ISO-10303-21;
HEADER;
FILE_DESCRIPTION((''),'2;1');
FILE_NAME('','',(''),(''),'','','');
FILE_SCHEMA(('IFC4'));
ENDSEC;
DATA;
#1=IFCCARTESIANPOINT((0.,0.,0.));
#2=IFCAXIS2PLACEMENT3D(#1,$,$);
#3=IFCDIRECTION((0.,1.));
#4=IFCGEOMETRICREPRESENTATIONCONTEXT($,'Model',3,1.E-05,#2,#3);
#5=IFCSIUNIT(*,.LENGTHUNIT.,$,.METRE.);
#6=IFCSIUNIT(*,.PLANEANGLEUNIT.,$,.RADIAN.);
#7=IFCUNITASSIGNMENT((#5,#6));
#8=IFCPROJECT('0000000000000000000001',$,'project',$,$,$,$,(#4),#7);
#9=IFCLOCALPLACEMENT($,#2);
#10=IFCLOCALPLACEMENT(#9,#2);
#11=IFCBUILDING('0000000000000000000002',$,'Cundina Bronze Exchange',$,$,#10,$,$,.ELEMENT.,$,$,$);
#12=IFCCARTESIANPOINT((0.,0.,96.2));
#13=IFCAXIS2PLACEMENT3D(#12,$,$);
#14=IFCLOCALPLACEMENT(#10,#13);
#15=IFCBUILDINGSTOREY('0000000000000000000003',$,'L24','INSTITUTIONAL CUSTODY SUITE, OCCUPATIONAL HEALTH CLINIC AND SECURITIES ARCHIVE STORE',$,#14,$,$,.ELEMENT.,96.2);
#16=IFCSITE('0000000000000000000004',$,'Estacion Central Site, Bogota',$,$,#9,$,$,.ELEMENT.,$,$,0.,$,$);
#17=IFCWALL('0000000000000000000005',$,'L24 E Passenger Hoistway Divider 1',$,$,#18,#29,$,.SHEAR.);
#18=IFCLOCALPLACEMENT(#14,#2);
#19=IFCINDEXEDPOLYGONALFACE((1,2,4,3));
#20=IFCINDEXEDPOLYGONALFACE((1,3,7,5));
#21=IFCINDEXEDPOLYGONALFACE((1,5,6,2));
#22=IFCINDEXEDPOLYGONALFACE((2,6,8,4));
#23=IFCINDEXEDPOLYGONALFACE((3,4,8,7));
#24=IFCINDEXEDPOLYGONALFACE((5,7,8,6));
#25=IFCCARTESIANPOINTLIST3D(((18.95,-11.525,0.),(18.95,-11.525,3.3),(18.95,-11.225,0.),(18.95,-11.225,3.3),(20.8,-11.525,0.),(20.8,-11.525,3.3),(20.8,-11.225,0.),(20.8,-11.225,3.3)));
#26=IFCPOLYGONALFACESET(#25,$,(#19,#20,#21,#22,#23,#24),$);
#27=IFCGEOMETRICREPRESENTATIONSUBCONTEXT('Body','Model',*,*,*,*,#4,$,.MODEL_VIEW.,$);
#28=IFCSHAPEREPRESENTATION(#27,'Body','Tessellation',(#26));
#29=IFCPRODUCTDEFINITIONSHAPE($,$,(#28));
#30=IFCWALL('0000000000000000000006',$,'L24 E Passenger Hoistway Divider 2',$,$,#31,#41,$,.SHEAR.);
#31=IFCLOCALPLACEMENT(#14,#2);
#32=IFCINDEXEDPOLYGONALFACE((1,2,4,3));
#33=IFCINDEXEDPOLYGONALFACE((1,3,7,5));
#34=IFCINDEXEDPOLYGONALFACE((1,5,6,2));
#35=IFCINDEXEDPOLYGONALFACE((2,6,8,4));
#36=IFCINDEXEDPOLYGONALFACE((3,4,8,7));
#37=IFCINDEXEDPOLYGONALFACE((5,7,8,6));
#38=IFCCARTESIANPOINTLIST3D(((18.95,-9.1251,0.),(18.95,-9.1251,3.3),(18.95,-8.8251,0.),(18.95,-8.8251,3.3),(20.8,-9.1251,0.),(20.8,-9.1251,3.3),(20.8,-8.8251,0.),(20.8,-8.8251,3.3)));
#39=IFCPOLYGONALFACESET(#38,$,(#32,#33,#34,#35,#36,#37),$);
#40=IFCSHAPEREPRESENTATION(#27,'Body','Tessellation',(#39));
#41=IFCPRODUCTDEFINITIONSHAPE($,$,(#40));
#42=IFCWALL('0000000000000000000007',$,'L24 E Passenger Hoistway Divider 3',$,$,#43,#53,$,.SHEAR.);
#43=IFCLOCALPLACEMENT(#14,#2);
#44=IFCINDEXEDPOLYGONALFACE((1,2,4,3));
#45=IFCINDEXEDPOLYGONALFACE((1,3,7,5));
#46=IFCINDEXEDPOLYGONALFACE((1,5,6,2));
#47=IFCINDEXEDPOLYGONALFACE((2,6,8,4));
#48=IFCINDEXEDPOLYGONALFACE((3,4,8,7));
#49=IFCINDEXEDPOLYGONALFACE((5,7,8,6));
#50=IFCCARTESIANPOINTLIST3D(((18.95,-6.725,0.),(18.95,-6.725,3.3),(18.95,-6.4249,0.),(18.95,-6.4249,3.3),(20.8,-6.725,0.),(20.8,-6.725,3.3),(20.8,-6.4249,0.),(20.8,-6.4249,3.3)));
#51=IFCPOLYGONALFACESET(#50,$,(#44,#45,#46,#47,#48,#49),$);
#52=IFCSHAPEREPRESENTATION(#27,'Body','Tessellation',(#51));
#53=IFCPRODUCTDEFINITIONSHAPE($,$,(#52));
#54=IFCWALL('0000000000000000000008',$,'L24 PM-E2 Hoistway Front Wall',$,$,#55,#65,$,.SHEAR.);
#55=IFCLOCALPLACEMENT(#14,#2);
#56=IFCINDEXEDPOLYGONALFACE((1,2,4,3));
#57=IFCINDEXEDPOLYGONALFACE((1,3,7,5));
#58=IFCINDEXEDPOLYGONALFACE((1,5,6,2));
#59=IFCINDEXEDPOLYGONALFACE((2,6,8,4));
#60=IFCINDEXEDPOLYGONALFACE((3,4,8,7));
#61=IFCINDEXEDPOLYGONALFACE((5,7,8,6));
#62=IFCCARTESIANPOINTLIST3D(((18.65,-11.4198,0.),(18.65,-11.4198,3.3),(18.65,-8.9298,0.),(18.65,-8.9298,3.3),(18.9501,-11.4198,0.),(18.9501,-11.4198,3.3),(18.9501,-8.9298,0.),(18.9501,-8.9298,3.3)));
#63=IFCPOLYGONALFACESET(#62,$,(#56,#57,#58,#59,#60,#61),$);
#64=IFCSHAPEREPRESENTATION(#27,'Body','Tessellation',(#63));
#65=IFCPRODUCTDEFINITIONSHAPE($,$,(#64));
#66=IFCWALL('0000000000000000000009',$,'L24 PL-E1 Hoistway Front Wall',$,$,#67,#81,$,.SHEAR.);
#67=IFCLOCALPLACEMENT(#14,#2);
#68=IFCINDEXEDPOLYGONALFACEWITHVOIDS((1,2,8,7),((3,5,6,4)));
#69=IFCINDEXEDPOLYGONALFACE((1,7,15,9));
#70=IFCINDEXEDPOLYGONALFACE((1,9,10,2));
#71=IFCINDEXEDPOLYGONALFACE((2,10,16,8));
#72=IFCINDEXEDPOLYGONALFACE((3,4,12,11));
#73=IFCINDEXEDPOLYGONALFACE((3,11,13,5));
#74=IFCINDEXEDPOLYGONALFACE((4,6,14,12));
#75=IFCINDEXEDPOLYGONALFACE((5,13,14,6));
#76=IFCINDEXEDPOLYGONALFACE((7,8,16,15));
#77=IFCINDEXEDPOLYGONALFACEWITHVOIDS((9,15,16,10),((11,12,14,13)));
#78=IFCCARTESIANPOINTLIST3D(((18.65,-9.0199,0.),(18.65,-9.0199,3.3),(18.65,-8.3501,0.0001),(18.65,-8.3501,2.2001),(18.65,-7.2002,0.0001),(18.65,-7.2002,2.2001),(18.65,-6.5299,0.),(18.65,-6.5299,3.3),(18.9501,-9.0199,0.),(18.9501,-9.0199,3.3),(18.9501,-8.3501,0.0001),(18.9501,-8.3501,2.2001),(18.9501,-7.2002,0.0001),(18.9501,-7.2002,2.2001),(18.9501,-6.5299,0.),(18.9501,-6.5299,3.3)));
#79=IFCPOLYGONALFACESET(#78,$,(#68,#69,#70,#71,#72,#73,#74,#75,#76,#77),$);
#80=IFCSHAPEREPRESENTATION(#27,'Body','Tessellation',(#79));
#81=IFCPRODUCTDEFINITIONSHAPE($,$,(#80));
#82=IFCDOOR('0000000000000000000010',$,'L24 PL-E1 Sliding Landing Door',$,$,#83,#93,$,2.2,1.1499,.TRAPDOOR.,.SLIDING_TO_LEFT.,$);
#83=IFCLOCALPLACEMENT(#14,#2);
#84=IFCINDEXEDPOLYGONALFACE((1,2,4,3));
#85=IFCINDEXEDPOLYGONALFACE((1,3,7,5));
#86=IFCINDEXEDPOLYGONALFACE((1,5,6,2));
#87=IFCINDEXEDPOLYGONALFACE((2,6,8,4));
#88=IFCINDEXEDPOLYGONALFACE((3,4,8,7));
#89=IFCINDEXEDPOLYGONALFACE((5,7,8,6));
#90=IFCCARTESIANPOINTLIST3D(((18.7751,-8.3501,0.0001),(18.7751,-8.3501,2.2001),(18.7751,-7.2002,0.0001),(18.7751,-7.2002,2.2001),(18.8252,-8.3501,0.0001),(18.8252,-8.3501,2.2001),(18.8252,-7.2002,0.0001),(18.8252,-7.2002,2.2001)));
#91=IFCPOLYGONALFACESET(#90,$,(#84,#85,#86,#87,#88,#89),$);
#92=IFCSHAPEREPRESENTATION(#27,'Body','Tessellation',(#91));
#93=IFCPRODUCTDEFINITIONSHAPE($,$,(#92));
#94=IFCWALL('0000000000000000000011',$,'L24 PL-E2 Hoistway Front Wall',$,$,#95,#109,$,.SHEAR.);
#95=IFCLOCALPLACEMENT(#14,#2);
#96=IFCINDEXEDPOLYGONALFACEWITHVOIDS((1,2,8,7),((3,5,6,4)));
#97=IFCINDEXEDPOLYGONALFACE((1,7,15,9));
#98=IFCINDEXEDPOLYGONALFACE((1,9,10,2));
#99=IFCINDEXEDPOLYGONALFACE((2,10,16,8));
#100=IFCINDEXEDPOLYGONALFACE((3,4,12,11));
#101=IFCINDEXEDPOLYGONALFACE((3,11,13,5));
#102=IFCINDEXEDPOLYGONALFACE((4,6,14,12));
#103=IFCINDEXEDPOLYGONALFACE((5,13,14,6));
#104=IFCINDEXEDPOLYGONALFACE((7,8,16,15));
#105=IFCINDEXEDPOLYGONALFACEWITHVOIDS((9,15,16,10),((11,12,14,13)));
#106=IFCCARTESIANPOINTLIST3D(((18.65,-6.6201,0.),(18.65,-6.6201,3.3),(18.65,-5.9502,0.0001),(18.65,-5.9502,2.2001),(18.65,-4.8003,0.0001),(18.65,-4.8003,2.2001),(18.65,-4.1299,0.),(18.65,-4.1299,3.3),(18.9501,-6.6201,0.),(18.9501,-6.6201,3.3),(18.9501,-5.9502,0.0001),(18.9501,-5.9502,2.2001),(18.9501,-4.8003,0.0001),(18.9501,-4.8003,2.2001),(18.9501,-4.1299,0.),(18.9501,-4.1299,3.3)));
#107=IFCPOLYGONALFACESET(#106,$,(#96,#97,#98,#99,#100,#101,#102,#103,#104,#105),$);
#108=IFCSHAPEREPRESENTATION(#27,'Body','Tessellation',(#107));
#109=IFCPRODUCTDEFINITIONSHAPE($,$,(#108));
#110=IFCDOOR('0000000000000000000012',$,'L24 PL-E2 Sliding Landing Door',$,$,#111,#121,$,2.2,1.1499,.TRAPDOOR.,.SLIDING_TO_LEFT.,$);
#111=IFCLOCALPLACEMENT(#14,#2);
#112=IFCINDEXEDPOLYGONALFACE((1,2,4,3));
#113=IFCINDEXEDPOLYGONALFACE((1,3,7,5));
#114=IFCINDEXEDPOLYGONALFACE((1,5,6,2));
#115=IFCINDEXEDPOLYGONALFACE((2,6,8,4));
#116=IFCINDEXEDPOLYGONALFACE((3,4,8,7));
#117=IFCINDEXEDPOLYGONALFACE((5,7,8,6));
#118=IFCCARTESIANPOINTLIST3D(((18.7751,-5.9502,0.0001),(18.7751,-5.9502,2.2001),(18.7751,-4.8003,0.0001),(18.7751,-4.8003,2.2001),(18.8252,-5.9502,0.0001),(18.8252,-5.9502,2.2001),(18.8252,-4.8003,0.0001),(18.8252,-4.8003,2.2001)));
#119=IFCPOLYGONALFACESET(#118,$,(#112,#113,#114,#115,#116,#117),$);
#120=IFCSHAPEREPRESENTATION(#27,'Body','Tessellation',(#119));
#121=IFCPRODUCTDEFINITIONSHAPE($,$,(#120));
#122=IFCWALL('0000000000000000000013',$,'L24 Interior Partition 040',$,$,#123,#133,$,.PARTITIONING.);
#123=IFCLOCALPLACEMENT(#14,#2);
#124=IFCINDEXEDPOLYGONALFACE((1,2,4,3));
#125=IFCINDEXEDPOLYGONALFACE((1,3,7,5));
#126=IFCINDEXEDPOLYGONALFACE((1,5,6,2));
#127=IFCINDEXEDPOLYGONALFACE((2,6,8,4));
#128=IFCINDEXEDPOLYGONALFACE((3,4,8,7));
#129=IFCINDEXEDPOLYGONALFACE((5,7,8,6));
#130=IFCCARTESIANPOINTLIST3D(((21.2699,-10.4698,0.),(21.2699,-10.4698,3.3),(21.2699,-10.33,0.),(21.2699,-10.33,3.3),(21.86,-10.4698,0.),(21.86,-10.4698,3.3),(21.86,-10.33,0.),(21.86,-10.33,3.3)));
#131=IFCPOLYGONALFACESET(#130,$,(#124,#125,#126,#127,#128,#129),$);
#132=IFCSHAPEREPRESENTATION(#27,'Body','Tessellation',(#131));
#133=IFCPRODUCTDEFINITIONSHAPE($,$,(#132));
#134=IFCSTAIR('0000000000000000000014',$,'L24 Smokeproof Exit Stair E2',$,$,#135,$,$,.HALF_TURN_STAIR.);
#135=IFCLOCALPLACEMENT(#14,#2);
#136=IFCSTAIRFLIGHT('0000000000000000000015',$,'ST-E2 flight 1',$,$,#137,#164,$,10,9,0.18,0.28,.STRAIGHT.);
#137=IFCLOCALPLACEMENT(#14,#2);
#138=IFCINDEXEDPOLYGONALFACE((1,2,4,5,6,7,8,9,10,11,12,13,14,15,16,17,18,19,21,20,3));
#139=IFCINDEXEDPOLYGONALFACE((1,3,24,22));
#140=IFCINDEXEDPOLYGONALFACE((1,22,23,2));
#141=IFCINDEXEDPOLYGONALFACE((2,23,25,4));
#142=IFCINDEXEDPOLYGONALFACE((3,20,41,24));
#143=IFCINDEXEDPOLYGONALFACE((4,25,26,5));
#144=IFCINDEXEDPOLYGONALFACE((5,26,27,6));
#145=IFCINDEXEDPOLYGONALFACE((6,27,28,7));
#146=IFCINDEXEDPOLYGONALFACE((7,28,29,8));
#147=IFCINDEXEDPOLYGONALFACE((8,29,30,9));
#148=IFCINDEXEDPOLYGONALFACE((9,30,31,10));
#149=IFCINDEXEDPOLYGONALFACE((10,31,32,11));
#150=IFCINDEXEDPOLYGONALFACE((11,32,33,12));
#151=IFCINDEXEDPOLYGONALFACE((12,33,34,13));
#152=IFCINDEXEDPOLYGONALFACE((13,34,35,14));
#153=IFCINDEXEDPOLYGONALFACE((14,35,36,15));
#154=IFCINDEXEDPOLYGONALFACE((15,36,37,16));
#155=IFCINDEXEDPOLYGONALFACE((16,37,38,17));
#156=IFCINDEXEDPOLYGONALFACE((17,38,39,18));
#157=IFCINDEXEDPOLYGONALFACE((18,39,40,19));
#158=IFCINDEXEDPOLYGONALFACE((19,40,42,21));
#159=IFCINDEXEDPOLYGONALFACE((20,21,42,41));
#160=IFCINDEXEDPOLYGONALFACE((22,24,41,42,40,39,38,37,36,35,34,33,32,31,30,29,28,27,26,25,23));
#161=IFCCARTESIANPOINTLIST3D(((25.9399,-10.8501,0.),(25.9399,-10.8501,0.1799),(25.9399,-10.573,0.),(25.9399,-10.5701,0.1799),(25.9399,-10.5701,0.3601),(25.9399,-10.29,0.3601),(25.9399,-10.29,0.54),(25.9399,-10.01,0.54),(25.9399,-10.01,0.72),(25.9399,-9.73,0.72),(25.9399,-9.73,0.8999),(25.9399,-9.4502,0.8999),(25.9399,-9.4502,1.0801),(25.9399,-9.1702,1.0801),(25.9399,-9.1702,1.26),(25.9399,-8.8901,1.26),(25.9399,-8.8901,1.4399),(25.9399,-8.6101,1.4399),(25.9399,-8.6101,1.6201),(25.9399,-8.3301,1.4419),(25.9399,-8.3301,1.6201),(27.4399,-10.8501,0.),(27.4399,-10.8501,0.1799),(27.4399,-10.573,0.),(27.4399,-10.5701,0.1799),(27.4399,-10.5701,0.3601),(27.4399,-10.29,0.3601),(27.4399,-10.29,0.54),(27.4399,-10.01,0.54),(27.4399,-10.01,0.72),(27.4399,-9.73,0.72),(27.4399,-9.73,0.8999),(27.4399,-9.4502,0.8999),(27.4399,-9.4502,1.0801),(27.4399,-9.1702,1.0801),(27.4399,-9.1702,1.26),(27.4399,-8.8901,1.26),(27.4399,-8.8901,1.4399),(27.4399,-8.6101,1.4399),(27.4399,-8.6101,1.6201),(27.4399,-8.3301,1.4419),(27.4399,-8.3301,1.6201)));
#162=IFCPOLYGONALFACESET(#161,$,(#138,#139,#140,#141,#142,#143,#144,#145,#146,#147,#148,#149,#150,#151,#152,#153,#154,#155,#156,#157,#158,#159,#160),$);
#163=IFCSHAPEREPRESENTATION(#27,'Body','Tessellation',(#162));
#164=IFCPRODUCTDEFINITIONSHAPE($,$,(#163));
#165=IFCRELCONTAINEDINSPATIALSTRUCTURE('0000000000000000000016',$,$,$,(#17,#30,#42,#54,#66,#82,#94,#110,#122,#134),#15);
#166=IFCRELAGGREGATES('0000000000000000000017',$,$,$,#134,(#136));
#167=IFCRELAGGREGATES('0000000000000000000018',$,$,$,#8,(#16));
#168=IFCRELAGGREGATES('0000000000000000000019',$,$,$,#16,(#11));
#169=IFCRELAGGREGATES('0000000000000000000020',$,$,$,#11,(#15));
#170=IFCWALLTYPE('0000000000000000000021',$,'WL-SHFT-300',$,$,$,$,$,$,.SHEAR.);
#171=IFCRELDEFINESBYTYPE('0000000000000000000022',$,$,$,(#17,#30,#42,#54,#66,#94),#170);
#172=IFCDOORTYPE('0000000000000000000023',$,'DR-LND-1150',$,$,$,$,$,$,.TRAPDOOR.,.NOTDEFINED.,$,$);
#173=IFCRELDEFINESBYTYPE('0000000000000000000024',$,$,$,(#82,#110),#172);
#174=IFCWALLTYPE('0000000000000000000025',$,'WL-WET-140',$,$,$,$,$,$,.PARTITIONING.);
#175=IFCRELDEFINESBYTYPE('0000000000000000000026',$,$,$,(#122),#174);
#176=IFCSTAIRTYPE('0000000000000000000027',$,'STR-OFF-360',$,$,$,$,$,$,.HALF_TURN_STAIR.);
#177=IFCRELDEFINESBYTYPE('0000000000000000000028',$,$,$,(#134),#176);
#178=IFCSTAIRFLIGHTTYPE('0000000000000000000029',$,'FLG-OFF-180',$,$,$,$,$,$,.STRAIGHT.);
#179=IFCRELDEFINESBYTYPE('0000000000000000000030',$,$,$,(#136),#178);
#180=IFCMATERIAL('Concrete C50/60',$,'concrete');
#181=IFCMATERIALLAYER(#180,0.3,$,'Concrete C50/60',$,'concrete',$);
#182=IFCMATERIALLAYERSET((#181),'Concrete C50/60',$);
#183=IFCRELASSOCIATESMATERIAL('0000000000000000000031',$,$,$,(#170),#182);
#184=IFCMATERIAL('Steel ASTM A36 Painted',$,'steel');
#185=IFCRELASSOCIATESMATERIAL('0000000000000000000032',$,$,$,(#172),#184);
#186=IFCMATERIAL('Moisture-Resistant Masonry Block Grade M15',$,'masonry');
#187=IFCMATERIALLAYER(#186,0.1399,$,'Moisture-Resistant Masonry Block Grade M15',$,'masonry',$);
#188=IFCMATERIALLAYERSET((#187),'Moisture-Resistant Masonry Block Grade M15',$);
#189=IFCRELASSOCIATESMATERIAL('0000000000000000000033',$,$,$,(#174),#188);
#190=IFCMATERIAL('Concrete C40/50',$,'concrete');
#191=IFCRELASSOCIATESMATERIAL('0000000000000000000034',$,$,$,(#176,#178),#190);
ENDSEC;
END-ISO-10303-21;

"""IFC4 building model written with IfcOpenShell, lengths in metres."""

from ifc_helpers import new_model, si_unit, direction, frame, frame_2d, origin, place, context, subcontext, project, spatial, polyline, rectangle, outline, extrude, material, layer, layer_set, type_object, element, fill, aggregate, save


model = new_model("IFC4")

# Units and contexts
model_context = context("Model", 3, precision=1e-05, world=origin(), true_north=direction((0.0, 1.0)))
body_context = subcontext(model_context, "Body", "Model", "MODEL_VIEW")
ifc_project = project(units=[si_unit("LENGTHUNIT", "METRE"), si_unit("PLANEANGLEUNIT", "RADIAN")], contexts=[model_context])

# Site, building, storey
site_placement = place(None, origin())
site = spatial("IfcSite", under=ifc_project, at=site_placement, Name="Estacion Central Site, Bogota", CompositionType="ELEMENT", RefElevation=0.0)
building_placement = place(site_placement, origin())
building = spatial("IfcBuilding", under=site, at=building_placement, Name="Cundina Bronze Exchange", CompositionType="ELEMENT")
storey_placement = place(building_placement, frame((0.0, 0.0, 96.2)))
storey = spatial("IfcBuildingStorey", under=building, at=storey_placement, Name="L24", Description="INSTITUTIONAL CUSTODY SUITE, OCCUPATIONAL HEALTH CLINIC AND SECURITIES ARCHIVE STORE", CompositionType="ELEMENT", Elevation=96.2)

# Shared definitions
ifc_material_1 = material(Name="Concrete C50/60", Category="concrete")
ifc_layer_1 = layer(ifc_material_1, 0.3, Name="Concrete C50/60", Category="concrete")
ifc_layer_set_1 = layer_set([ifc_layer_1], Name="Concrete C50/60")
wall_type_1 = type_object("IfcWallType", Name="WL-SHFT-300", PredefinedType="SHEAR", material=ifc_layer_set_1)

# Shared definitions
ifc_material_2 = material(Name="Steel ASTM A36 Painted", Category="steel")
door_type_1 = type_object("IfcDoorType", Name="DR-LND-1150", OperationType="NOTDEFINED", PredefinedType="TRAPDOOR", material=ifc_material_2)

# Walls
for number, where, z_axis, x_axis, name in (
    (1, (18.95, -11.375, 0.0), (0.0, 0.0, 1.0), (1.0, 0.0, 0.0), "L24 E Passenger Hoistway Divider 1"),
    (2, (18.95, -8.9751, 0.0), (0.0, 0.0, 1.0), (1.0, 0.0, 0.0), "L24 E Passenger Hoistway Divider 2"),
    (3, (18.95, -6.575, 0.0), (0.0, 0.0, 1.0), (1.0, 0.0, 0.0), "L24 E Passenger Hoistway Divider 3"),
):
    element("IfcWall", number, at=place(storey_placement, frame(where, z_axis=z_axis, x_axis=x_axis)), inside=storey, type_object=wall_type_1, Name=name, PredefinedType="SHEAR", context=body_context, shape_type="SweptSolid", body=[
        extrude(rectangle(XDim=1.8501, YDim=0.3, at=frame_2d((0.925, 0.0))), origin(), (0.0, 0.0, 1.0), 3.3),
    ])
wall_1_placement = place(storey_placement, frame((18.8, -11.4199, 0.0), z_axis=(0.0, 0.0, 1.0), x_axis=(0.0, 1.0, 0.0)))
element("IfcWall", 4, at=wall_1_placement, inside=storey, type_object=wall_type_1, Name="L24 PM-E2 Hoistway Front Wall", PredefinedType="SHEAR", context=body_context, shape_type="SweptSolid", body=[
    extrude(rectangle(XDim=2.49, YDim=0.3, at=frame_2d((1.2451, 0.0))), origin(), (0.0, 0.0, 1.0), 3.3),
])

# Walls, openings, doors
wall_2_placement = place(storey_placement, frame((18.8, -9.02, 0.0), z_axis=(0.0, 0.0, 1.0), x_axis=(0.0, 1.0, 0.0)))
wall_2 = element("IfcWall", 5, at=wall_2_placement, inside=storey, type_object=wall_type_1, Name="L24 PL-E1 Hoistway Front Wall", PredefinedType="SHEAR", context=body_context, shape_type="SweptSolid", body=[
    extrude(rectangle(XDim=2.49, YDim=0.3, at=frame_2d((1.2451, 0.0))), origin(), (0.0, 0.0, 1.0), 3.3),
])
opening_1_placement = place(wall_2_placement, frame((0.6699, 0.0, 0.0)))
opening_1 = element("IfcOpeningElement", 6, at=opening_1_placement, cuts=wall_2, PredefinedType="OPENING", context=body_context, shape_type="SweptSolid", body=[
    extrude(rectangle(XDim=1.1499, YDim=2.2, at=frame_2d((0.575, 1.1001))), frame((0.0, 0.1599, 0.0), z_axis=(0.0, -1.0, 0.0), x_axis=(1.0, 0.0, 0.0)), (0.0, 0.0, 1.0), 0.3201),
])
door_1_placement = place(opening_1_placement, origin())
door_1 = element("IfcDoor", 7, at=door_1_placement, inside=storey, type_object=door_type_1, Name="L24 PL-E1 Sliding Landing Door", OperationType="SLIDING_TO_LEFT", OverallHeight=2.2, OverallWidth=1.1499, PredefinedType="TRAPDOOR", context=body_context, shape_type="SweptSolid", body=[
    extrude(rectangle(XDim=1.1499, YDim=2.2, at=frame_2d((0.575, 1.1001))), frame((0.0, 0.0249, 0.0), z_axis=(0.0, -1.0, 0.0), x_axis=(1.0, 0.0, 0.0)), (0.0, 0.0, 1.0), 0.05),
])
fill(opening_1, door_1)
wall_3_placement = place(storey_placement, frame((18.8, -6.6201, 0.0), z_axis=(0.0, 0.0, 1.0), x_axis=(0.0, 1.0, 0.0)))
wall_3 = element("IfcWall", 8, at=wall_3_placement, inside=storey, type_object=wall_type_1, Name="L24 PL-E2 Hoistway Front Wall", PredefinedType="SHEAR", context=body_context, shape_type="SweptSolid", body=[
    extrude(rectangle(XDim=2.4902, YDim=0.3, at=frame_2d((1.2451, 0.0))), origin(), (0.0, 0.0, 1.0), 3.3),
])
opening_2_placement = place(wall_3_placement, frame((0.6699, 0.0, 0.0)))
opening_2 = element("IfcOpeningElement", 9, at=opening_2_placement, cuts=wall_3, PredefinedType="OPENING", context=body_context, shape_type="SweptSolid", body=[
    extrude(rectangle(XDim=1.1499, YDim=2.2, at=frame_2d((0.575, 1.1001))), frame((0.0, 0.1599, 0.0), z_axis=(0.0, -1.0, 0.0), x_axis=(1.0, 0.0, 0.0)), (0.0, 0.0, 1.0), 0.3201),
])
door_2_placement = place(opening_2_placement, origin())
door_2 = element("IfcDoor", 10, at=door_2_placement, inside=storey, type_object=door_type_1, Name="L24 PL-E2 Sliding Landing Door", OperationType="SLIDING_TO_LEFT", OverallHeight=2.2, OverallWidth=1.1499, PredefinedType="TRAPDOOR", context=body_context, shape_type="SweptSolid", body=[
    extrude(rectangle(XDim=1.1499, YDim=2.2, at=frame_2d((0.575, 1.1001))), frame((0.0, 0.0249, 0.0), z_axis=(0.0, -1.0, 0.0), x_axis=(1.0, 0.0, 0.0)), (0.0, 0.0, 1.0), 0.05),
])
fill(opening_2, door_2)

# Wall
ifc_material_3 = material(Name="Moisture-Resistant Masonry Block Grade M15", Category="masonry")
ifc_layer_2 = layer(ifc_material_3, 0.1399, Name="Moisture-Resistant Masonry Block Grade M15", Category="masonry")
ifc_layer_set_2 = layer_set([ifc_layer_2], Name="Moisture-Resistant Masonry Block Grade M15")
wall_type_2 = type_object("IfcWallType", Name="WL-WET-140", PredefinedType="PARTITIONING", material=ifc_layer_set_2)
wall_4_placement = place(storey_placement, frame((21.27, -10.3999, 0.0), z_axis=(0.0, 0.0, 1.0), x_axis=(1.0, 0.0, 0.0)))
element("IfcWall", 11, at=wall_4_placement, inside=storey, type_object=wall_type_2, Name="L24 Interior Partition 040", PredefinedType="PARTITIONING", context=body_context, shape_type="SweptSolid", body=[
    extrude(rectangle(XDim=0.5901, YDim=0.1399, at=frame_2d((0.2949, 0.0))), origin(), (0.0, 0.0, 1.0), 3.3),
])

# Stair, stair flight
ifc_material_4 = material(Name="Concrete C40/50", Category="concrete")
stair_type = type_object("IfcStairType", Name="STR-OFF-360", PredefinedType="HALF_TURN_STAIR", material=ifc_material_4)
stair_placement = place(storey_placement, origin())
stair = element("IfcStair", 12, at=stair_placement, inside=storey, type_object=stair_type, Name="L24 Smokeproof Exit Stair E2", PredefinedType="HALF_TURN_STAIR")
stair_flight_type = type_object("IfcStairFlightType", Name="FLG-OFF-180", PredefinedType="STRAIGHT", material=ifc_material_4)
stair_flight_1_placement = place(storey_placement, frame((26.6899, -10.8501, 0.0), z_axis=(0.0, 0.0, 1.0), x_axis=(0.0, 1.0, 0.0)))
stair_flight_1 = element("IfcStairFlight", 13, at=stair_flight_1_placement, type_object=stair_flight_type, Name="ST-E2 flight 1", NumberOfRisers=10, NumberOfTreads=9, PredefinedType="STRAIGHT", RiserHeight=0.18, TreadLength=0.28, context=body_context, shape_type="SweptSolid", body=[
    extrude(outline(polyline([(0.0, 0.0), (0.0, 0.1799), (0.28, 0.1799), (0.28, 0.3601), (0.5601, 0.3601), (0.5601, 0.54), (0.8401, 0.54), (0.8401, 0.72), (1.1201, 0.72), (1.1201, 0.8999), (1.3999, 0.8999), (1.3999, 1.0801), (1.6799, 1.0801), (1.6799, 1.26), (1.96, 1.26), (1.96, 1.4399), (2.24, 1.4399), (2.24, 1.6201), (2.52, 1.6201), (2.52, 1.8), (2.52, 1.4419), (0.2771, 0.0), (0.0, 0.0)])), frame((0.0, 0.75, 0.0), z_axis=(0.0, -1.0, 0.0), x_axis=(1.0, 0.0, 0.0)), (0.0, 0.0, 1.0), 1.5),
])
aggregate(stair, [stair_flight_1])

save(model, "model.ifc")
